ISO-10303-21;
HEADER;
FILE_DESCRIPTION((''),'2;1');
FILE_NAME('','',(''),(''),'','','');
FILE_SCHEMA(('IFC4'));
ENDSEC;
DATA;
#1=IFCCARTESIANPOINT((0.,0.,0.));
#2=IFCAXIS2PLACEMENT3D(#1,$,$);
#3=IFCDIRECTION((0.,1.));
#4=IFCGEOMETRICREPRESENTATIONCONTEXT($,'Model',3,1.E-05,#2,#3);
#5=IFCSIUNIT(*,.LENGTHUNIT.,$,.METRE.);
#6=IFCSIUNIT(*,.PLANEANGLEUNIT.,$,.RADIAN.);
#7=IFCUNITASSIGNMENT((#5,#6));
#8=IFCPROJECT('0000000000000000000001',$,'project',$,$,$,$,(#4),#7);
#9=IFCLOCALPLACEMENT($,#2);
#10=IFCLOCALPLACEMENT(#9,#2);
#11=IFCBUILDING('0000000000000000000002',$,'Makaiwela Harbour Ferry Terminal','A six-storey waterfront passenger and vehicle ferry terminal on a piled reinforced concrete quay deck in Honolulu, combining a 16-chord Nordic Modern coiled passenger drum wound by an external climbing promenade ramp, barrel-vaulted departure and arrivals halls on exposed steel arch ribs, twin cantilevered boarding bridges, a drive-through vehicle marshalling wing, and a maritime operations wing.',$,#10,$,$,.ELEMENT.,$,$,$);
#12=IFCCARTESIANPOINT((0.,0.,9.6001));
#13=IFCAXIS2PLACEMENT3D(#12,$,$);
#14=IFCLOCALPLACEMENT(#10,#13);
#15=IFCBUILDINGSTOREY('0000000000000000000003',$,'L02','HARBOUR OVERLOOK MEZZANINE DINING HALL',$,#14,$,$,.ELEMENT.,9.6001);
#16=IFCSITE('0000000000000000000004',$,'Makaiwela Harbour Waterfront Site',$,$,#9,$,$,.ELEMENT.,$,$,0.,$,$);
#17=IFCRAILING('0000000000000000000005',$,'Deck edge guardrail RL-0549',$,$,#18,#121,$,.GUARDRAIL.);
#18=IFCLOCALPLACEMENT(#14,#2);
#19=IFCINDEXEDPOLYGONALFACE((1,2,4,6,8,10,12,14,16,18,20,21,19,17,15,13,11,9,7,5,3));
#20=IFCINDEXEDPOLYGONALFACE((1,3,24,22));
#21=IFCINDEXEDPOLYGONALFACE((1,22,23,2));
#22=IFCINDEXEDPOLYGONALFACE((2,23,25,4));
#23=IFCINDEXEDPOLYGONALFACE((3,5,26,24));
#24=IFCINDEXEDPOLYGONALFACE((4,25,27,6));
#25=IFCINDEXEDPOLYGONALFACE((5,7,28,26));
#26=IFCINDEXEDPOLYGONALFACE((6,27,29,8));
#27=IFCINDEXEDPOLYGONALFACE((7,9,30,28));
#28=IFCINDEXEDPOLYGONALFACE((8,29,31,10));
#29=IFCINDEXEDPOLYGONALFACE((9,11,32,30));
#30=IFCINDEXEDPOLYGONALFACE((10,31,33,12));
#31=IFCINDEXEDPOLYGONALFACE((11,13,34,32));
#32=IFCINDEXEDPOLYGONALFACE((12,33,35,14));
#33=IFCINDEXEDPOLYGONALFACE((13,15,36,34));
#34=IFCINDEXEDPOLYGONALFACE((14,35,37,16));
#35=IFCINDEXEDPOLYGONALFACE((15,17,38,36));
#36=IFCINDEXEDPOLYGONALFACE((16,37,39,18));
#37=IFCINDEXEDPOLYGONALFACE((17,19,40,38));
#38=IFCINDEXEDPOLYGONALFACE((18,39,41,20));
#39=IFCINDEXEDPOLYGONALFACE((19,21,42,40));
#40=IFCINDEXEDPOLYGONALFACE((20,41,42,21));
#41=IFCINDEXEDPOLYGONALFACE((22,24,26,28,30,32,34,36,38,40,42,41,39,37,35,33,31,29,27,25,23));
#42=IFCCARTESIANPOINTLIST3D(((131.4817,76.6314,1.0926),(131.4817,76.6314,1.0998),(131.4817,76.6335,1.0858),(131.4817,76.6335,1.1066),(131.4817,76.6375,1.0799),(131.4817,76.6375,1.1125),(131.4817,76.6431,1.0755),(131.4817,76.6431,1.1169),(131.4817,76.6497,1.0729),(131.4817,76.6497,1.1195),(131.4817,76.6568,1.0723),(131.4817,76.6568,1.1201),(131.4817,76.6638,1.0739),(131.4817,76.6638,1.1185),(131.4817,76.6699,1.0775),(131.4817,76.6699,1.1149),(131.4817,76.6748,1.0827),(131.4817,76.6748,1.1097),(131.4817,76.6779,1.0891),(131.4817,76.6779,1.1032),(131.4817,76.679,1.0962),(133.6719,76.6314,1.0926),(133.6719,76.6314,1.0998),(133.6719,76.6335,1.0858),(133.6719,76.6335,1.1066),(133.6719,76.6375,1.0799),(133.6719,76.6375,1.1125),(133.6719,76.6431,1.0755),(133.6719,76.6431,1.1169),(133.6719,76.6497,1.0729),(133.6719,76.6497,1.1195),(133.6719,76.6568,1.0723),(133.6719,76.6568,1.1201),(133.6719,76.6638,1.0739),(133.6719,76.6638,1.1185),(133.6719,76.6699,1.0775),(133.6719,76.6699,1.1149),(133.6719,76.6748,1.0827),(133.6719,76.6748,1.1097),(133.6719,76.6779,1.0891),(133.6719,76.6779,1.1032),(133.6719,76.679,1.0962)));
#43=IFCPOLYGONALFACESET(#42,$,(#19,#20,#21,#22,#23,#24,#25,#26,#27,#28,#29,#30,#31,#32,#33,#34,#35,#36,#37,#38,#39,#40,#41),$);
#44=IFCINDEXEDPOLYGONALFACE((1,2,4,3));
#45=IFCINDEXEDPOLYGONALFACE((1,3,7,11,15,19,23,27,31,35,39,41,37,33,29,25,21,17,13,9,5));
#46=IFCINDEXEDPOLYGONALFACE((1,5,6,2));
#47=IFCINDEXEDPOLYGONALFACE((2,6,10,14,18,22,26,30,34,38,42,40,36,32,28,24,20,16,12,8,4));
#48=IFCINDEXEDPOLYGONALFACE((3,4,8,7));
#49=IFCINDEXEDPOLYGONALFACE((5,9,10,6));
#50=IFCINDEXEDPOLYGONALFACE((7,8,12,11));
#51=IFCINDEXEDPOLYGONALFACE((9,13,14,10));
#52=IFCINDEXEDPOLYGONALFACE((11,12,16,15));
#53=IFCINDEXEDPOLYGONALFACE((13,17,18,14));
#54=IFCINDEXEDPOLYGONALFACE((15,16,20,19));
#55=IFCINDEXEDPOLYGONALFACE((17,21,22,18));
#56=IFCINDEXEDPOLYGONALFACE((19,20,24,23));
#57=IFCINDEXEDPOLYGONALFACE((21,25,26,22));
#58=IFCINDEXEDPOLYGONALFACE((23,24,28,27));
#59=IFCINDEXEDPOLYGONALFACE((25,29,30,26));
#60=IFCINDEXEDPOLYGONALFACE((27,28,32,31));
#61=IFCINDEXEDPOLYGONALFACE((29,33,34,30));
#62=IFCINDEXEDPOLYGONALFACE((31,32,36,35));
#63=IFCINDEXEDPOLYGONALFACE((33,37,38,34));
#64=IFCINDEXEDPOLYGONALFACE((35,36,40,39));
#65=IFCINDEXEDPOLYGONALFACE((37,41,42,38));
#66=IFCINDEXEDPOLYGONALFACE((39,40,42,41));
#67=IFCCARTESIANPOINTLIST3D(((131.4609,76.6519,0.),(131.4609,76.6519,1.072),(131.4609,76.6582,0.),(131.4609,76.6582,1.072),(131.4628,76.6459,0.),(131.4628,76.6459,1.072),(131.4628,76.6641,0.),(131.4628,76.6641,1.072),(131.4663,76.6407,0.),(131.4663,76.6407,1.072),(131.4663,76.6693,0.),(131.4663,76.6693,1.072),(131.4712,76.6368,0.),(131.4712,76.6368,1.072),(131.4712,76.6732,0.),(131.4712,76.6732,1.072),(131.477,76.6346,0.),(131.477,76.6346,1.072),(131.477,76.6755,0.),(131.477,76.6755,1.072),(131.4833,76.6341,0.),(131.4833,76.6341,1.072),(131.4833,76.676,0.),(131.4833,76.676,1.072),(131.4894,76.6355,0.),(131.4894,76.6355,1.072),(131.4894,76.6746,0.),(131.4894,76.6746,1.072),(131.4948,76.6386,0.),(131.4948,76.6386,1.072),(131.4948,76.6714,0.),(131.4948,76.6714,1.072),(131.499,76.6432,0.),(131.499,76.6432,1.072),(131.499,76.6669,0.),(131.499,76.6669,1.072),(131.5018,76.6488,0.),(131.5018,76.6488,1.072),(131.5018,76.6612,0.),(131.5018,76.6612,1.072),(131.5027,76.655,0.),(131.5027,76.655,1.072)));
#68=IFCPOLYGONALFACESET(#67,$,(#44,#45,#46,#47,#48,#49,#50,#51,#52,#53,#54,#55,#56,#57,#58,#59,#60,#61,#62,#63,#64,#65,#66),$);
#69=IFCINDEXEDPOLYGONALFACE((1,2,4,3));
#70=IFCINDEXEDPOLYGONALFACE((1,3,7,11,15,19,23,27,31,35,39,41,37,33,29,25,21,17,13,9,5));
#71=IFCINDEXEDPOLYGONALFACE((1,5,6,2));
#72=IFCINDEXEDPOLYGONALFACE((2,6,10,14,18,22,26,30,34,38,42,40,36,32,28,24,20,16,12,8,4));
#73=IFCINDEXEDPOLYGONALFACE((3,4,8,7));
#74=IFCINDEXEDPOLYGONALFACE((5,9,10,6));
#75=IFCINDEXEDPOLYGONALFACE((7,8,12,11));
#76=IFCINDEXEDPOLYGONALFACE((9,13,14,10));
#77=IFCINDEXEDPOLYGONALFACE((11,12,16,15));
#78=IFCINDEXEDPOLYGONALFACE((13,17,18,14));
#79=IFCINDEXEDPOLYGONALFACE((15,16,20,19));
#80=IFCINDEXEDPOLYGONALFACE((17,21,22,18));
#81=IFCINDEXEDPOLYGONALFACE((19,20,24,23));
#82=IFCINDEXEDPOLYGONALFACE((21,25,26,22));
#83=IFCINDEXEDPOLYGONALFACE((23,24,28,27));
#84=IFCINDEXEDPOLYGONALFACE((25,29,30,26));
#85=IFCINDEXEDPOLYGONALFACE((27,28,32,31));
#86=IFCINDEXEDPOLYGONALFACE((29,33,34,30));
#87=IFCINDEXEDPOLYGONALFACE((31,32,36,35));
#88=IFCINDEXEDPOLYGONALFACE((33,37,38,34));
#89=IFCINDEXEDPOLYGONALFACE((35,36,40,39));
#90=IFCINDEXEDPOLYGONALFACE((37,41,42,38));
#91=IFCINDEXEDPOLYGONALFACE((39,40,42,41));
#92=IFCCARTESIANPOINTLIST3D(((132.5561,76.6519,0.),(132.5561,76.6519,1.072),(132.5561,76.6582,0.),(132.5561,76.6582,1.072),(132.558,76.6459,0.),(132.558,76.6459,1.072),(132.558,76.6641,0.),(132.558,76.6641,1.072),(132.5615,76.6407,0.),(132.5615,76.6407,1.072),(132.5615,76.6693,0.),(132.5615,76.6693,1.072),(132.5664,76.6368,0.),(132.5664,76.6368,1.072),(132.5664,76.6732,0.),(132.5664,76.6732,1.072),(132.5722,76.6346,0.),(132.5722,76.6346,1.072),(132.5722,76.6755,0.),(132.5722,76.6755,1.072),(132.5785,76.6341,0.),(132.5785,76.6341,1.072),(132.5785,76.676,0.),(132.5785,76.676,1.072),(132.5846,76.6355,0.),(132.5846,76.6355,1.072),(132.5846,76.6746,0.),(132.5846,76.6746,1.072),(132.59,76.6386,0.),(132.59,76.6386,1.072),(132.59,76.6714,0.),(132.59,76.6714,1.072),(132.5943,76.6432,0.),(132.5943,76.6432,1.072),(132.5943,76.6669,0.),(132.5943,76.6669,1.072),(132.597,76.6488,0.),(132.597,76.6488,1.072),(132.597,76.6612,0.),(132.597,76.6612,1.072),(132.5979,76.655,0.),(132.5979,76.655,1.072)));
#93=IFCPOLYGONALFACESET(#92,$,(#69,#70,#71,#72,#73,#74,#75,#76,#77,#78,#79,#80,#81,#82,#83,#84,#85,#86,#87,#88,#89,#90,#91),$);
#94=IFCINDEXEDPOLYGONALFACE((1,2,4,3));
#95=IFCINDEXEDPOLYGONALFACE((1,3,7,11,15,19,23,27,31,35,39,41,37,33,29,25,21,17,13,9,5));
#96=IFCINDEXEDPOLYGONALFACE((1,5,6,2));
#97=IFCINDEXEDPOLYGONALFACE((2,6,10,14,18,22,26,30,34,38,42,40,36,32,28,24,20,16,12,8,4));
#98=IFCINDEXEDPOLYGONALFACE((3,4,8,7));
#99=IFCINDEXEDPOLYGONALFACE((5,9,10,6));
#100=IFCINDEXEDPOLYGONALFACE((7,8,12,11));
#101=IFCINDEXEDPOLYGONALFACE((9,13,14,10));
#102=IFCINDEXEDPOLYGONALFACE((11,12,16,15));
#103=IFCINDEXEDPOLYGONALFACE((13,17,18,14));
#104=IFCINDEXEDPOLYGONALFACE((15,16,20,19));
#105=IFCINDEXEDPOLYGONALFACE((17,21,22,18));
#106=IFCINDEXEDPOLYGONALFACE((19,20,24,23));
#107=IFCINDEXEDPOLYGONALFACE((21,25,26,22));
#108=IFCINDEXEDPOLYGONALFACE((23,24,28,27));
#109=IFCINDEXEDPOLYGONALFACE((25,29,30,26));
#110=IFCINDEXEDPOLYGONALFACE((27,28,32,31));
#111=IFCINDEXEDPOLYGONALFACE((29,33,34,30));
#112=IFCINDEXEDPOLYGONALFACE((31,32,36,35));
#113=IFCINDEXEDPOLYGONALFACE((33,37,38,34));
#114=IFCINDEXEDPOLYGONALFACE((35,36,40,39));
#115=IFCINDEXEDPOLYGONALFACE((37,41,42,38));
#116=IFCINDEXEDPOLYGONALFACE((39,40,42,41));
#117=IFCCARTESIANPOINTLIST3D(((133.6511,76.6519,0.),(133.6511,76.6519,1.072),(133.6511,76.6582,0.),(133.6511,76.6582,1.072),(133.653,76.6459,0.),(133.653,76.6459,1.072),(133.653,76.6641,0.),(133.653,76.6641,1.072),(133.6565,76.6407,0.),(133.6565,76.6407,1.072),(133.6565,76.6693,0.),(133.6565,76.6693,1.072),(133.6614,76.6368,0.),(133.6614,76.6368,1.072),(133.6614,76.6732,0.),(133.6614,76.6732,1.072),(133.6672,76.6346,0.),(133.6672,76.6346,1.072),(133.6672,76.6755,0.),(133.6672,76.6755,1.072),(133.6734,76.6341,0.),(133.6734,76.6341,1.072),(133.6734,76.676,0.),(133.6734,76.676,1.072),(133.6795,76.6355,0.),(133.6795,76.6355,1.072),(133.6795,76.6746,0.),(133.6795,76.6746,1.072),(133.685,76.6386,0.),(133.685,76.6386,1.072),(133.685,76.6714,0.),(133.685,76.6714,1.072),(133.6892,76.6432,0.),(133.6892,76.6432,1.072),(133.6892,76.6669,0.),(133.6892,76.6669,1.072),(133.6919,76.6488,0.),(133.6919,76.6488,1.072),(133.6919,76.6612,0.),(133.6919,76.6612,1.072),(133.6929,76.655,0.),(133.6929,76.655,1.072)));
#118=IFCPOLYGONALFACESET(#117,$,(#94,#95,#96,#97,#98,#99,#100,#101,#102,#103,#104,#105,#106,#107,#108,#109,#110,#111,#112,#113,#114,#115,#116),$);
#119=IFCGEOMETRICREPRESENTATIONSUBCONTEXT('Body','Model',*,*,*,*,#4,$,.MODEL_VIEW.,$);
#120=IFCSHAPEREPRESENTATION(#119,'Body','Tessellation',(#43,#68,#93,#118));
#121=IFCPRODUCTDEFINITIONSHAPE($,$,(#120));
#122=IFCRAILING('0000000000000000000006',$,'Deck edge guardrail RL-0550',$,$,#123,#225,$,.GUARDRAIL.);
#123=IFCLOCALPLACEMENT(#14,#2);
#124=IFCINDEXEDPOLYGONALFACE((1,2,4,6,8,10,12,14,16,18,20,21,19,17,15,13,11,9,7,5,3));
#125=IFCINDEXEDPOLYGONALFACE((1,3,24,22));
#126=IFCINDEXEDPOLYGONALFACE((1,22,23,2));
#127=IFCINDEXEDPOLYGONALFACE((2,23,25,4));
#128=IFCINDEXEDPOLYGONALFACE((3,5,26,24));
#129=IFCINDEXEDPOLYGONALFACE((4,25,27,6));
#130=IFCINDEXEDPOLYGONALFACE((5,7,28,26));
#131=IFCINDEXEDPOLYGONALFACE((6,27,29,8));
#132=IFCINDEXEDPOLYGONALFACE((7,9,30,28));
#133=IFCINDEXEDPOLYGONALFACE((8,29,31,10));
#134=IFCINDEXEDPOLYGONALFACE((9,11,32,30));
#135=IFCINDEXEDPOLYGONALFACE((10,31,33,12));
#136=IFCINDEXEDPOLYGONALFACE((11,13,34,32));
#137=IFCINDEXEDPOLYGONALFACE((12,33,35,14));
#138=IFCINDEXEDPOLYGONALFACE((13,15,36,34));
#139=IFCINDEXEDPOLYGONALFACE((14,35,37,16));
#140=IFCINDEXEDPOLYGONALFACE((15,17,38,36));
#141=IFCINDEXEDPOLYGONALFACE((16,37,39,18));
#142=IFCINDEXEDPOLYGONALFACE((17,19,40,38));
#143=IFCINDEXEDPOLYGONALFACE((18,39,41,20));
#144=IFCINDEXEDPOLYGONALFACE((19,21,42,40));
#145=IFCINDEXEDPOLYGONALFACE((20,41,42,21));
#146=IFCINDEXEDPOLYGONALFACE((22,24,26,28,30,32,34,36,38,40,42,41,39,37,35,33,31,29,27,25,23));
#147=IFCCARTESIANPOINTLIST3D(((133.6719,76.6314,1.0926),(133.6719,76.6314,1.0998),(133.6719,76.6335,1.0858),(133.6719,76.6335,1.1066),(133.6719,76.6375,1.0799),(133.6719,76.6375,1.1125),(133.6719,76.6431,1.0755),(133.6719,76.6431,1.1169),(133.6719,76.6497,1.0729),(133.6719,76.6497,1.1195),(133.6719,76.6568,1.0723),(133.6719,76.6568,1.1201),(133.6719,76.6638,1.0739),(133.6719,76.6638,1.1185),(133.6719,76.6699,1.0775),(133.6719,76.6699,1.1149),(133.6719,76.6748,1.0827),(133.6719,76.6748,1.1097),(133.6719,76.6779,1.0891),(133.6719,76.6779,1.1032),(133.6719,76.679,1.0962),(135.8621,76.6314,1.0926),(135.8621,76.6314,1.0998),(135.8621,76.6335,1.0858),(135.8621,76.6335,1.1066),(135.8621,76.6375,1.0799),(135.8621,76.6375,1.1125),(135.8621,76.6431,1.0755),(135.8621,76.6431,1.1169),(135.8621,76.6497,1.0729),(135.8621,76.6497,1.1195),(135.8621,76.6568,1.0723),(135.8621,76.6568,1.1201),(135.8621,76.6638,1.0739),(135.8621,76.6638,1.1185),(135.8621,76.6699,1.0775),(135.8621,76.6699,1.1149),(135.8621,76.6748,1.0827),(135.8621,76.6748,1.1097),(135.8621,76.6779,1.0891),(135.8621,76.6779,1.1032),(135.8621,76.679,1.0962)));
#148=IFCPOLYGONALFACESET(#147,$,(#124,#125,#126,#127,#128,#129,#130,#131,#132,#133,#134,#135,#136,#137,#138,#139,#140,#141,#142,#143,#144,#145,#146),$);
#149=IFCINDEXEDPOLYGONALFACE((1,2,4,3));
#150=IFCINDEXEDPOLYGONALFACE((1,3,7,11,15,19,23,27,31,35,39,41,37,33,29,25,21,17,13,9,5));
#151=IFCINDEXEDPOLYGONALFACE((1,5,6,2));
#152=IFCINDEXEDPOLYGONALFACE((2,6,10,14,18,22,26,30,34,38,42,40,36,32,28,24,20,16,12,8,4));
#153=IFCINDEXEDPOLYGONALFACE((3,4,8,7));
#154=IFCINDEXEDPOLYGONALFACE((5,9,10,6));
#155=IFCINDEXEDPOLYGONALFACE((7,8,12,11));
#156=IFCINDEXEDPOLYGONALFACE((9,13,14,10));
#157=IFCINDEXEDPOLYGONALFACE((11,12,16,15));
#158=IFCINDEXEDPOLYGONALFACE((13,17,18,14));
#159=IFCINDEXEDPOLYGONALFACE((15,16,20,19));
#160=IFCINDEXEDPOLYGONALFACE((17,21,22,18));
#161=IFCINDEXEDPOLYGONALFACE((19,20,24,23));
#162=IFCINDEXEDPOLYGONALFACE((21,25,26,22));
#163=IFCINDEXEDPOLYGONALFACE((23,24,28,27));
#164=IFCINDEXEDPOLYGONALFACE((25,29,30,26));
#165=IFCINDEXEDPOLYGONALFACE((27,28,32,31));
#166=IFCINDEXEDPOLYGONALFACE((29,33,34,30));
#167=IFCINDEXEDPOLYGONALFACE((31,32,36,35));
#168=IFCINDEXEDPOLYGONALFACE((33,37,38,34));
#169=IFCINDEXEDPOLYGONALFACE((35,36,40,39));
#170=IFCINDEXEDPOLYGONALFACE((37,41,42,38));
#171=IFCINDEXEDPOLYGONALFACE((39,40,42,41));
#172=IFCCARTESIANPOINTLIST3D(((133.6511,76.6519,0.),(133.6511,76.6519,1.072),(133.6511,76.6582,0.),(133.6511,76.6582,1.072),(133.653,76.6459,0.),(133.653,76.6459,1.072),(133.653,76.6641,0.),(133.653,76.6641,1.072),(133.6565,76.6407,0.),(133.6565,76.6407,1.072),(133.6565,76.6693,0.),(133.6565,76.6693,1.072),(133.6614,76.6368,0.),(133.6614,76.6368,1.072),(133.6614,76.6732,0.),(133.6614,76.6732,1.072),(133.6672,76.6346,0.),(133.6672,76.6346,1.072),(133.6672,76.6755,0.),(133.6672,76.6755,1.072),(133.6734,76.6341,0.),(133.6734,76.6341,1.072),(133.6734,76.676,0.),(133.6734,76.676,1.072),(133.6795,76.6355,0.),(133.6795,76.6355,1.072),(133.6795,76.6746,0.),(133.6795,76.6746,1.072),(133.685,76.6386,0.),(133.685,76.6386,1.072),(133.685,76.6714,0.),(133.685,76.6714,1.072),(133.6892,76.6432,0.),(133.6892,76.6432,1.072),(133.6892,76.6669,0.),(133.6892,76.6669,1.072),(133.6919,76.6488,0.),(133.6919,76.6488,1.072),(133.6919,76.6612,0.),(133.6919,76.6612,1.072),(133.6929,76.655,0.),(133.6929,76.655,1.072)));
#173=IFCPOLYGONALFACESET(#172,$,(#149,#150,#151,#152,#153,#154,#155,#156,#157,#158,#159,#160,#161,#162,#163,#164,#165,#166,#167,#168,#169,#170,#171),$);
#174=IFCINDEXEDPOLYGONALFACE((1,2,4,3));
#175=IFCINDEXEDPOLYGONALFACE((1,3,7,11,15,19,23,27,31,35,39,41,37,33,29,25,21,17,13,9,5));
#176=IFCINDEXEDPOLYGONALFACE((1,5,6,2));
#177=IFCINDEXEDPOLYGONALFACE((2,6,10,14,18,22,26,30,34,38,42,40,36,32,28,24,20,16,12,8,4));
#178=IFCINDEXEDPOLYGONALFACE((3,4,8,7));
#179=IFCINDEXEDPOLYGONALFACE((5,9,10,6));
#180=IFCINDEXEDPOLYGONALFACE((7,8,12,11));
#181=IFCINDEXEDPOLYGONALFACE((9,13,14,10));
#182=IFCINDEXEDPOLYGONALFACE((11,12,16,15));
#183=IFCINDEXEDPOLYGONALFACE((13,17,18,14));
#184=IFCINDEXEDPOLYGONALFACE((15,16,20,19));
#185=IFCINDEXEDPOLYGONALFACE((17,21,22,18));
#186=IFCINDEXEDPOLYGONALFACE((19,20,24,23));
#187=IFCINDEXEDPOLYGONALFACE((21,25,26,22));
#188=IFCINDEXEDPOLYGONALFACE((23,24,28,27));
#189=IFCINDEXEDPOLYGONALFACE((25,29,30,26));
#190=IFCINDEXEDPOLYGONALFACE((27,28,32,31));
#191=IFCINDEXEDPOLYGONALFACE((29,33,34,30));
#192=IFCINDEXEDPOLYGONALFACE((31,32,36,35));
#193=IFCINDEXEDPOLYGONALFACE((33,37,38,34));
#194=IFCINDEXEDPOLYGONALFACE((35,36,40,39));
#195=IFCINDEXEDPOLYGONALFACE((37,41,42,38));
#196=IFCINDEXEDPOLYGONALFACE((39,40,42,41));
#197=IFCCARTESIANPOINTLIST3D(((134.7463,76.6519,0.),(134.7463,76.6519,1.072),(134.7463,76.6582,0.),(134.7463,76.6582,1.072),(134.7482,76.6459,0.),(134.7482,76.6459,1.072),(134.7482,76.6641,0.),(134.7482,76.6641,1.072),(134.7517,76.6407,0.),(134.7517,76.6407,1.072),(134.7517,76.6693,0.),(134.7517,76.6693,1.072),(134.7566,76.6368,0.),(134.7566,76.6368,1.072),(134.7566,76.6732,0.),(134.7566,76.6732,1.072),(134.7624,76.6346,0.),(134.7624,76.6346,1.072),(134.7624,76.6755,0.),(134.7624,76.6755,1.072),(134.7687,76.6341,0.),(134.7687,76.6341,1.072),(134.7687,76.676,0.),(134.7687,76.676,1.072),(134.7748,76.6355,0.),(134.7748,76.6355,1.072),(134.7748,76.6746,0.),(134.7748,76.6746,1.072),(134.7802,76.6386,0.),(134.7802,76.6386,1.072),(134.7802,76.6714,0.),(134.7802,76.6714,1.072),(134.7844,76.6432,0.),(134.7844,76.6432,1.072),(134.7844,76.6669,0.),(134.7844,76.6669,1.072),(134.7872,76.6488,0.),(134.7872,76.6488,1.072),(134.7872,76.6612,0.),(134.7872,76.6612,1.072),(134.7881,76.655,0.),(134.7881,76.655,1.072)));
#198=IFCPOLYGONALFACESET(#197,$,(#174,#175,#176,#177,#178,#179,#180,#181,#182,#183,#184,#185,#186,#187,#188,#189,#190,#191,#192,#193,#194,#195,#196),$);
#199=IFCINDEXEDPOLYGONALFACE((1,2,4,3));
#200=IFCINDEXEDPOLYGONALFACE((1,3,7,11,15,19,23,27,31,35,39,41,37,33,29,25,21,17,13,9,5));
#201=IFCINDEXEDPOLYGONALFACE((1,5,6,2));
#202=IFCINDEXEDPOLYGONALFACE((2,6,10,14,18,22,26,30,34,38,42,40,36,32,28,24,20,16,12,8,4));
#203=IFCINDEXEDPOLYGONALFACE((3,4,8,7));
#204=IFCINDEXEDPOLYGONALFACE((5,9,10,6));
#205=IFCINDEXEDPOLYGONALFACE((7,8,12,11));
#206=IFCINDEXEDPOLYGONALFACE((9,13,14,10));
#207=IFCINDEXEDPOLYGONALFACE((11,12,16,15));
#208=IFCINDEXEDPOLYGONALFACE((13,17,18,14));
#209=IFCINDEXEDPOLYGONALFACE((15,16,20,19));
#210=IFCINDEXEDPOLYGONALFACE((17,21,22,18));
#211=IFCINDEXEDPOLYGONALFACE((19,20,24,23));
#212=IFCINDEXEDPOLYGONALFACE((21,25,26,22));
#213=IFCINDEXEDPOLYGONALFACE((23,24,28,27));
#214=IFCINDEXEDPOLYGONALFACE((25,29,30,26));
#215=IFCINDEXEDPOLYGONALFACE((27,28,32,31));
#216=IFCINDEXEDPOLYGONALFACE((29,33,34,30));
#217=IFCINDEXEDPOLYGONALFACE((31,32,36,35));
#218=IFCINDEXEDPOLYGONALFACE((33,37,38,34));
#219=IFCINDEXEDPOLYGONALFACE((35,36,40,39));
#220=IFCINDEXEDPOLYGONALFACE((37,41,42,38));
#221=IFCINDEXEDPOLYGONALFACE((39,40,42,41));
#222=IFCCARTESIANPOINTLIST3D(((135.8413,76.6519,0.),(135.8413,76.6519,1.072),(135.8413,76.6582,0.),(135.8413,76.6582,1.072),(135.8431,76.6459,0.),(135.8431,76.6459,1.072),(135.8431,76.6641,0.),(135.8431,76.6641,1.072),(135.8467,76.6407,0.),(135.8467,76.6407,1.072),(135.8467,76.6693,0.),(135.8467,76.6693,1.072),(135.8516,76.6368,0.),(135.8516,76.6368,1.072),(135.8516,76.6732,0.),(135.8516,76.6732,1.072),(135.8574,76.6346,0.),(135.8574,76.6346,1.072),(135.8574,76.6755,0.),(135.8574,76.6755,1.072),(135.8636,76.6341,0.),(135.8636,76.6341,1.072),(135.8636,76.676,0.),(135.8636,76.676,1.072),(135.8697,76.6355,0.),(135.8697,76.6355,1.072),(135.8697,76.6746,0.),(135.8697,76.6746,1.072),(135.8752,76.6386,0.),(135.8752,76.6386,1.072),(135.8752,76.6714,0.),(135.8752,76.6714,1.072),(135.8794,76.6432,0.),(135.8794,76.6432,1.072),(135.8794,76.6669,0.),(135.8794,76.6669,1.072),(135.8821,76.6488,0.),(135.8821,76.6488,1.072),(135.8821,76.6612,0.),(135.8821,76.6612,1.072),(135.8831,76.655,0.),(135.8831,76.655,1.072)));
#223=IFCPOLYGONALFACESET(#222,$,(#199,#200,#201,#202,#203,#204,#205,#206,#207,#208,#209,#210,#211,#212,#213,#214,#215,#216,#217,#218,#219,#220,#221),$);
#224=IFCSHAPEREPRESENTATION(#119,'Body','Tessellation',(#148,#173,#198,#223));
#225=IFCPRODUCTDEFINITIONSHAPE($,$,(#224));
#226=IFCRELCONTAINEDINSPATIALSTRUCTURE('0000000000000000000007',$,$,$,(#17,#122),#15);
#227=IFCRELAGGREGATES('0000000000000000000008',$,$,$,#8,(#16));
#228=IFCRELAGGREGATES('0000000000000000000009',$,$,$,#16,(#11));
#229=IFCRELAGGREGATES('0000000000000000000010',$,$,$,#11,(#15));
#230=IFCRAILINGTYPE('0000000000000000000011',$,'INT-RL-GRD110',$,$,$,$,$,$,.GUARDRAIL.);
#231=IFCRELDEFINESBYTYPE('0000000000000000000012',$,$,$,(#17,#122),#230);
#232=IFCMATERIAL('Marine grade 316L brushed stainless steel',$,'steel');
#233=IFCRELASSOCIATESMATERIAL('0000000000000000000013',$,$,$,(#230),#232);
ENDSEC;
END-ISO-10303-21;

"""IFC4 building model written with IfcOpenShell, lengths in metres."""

from ifc_helpers import new_model, si_unit, direction, frame, origin, origin_2d, place, context, subcontext, project, spatial, circle, extrude, material, type_object, element, save


model = new_model("IFC4")

# Units and contexts
model_context = context("Model", 3, precision=1e-05, world=origin(), true_north=direction((0.0, 1.0)))
body_context = subcontext(model_context, "Body", "Model", "MODEL_VIEW")
ifc_project = project(units=[si_unit("LENGTHUNIT", "METRE"), si_unit("PLANEANGLEUNIT", "RADIAN")], contexts=[model_context])

# Site, building, storey
site_placement = place(None, origin())
site = spatial("IfcSite", under=ifc_project, at=site_placement, Name="Makaiwela Harbour Waterfront Site", CompositionType="ELEMENT", RefElevation=0.0)
building_placement = place(site_placement, origin())
building = spatial("IfcBuilding", under=site, at=building_placement, Name="Makaiwela Harbour Ferry Terminal", Description="A six-storey waterfront passenger and vehicle ferry terminal on a piled reinforced concrete quay deck in Honolulu, combining a 16-chord Nordic Modern coiled passenger drum wound by an external climbing promenade ramp, barrel-vaulted departure and arrivals halls on exposed steel arch ribs, twin cantilevered boarding bridges, a drive-through vehicle marshalling wing, and a maritime operations wing.", CompositionType="ELEMENT")
storey_placement = place(building_placement, frame((0.0, 0.0, 9.6001)))
storey = spatial("IfcBuildingStorey", under=building, at=storey_placement, Name="L02", Description="HARBOUR OVERLOOK MEZZANINE DINING HALL", CompositionType="ELEMENT", Elevation=9.6001)

# Railings
ifc_material_1 = material(Name="Marine grade 316L brushed stainless steel", Category="steel")
railing_type = type_object("IfcRailingType", Name="INT-RL-GRD110", PredefinedType="GUARDRAIL", material=ifc_material_1)
for number, where, name in (
    (1, (131.4817, 76.655, 0.0), "Deck edge guardrail RL-0549"),
    (2, (133.6719, 76.655, 0.0), "Deck edge guardrail RL-0550"),
):
    element("IfcRailing", number, at=place(storey_placement, frame(where)), inside=storey, type_object=railing_type, Name=name, PredefinedType="GUARDRAIL", context=body_context, shape_type="SweptSolid", body=[
        extrude(circle(Radius=0.0239, at=origin_2d()), frame((0.0, 0.0, 1.0962), z_axis=(1.0, 0.0, 0.0), x_axis=(0.0, 1.0, 0.0)), (0.0, 0.0, 1.0), 2.1902),
        extrude(circle(Radius=0.021, at=origin_2d()), origin(), (0.0, 0.0, 1.0), 1.072),
        extrude(circle(Radius=0.021, at=origin_2d()), frame((1.0952, 0.0, 0.0)), (0.0, 0.0, 1.0), 1.072),
        extrude(circle(Radius=0.021, at=origin_2d()), frame((2.1902, 0.0, 0.0)), (0.0, 0.0, 1.0), 1.072),
    ])

save(model, "model.ifc")
